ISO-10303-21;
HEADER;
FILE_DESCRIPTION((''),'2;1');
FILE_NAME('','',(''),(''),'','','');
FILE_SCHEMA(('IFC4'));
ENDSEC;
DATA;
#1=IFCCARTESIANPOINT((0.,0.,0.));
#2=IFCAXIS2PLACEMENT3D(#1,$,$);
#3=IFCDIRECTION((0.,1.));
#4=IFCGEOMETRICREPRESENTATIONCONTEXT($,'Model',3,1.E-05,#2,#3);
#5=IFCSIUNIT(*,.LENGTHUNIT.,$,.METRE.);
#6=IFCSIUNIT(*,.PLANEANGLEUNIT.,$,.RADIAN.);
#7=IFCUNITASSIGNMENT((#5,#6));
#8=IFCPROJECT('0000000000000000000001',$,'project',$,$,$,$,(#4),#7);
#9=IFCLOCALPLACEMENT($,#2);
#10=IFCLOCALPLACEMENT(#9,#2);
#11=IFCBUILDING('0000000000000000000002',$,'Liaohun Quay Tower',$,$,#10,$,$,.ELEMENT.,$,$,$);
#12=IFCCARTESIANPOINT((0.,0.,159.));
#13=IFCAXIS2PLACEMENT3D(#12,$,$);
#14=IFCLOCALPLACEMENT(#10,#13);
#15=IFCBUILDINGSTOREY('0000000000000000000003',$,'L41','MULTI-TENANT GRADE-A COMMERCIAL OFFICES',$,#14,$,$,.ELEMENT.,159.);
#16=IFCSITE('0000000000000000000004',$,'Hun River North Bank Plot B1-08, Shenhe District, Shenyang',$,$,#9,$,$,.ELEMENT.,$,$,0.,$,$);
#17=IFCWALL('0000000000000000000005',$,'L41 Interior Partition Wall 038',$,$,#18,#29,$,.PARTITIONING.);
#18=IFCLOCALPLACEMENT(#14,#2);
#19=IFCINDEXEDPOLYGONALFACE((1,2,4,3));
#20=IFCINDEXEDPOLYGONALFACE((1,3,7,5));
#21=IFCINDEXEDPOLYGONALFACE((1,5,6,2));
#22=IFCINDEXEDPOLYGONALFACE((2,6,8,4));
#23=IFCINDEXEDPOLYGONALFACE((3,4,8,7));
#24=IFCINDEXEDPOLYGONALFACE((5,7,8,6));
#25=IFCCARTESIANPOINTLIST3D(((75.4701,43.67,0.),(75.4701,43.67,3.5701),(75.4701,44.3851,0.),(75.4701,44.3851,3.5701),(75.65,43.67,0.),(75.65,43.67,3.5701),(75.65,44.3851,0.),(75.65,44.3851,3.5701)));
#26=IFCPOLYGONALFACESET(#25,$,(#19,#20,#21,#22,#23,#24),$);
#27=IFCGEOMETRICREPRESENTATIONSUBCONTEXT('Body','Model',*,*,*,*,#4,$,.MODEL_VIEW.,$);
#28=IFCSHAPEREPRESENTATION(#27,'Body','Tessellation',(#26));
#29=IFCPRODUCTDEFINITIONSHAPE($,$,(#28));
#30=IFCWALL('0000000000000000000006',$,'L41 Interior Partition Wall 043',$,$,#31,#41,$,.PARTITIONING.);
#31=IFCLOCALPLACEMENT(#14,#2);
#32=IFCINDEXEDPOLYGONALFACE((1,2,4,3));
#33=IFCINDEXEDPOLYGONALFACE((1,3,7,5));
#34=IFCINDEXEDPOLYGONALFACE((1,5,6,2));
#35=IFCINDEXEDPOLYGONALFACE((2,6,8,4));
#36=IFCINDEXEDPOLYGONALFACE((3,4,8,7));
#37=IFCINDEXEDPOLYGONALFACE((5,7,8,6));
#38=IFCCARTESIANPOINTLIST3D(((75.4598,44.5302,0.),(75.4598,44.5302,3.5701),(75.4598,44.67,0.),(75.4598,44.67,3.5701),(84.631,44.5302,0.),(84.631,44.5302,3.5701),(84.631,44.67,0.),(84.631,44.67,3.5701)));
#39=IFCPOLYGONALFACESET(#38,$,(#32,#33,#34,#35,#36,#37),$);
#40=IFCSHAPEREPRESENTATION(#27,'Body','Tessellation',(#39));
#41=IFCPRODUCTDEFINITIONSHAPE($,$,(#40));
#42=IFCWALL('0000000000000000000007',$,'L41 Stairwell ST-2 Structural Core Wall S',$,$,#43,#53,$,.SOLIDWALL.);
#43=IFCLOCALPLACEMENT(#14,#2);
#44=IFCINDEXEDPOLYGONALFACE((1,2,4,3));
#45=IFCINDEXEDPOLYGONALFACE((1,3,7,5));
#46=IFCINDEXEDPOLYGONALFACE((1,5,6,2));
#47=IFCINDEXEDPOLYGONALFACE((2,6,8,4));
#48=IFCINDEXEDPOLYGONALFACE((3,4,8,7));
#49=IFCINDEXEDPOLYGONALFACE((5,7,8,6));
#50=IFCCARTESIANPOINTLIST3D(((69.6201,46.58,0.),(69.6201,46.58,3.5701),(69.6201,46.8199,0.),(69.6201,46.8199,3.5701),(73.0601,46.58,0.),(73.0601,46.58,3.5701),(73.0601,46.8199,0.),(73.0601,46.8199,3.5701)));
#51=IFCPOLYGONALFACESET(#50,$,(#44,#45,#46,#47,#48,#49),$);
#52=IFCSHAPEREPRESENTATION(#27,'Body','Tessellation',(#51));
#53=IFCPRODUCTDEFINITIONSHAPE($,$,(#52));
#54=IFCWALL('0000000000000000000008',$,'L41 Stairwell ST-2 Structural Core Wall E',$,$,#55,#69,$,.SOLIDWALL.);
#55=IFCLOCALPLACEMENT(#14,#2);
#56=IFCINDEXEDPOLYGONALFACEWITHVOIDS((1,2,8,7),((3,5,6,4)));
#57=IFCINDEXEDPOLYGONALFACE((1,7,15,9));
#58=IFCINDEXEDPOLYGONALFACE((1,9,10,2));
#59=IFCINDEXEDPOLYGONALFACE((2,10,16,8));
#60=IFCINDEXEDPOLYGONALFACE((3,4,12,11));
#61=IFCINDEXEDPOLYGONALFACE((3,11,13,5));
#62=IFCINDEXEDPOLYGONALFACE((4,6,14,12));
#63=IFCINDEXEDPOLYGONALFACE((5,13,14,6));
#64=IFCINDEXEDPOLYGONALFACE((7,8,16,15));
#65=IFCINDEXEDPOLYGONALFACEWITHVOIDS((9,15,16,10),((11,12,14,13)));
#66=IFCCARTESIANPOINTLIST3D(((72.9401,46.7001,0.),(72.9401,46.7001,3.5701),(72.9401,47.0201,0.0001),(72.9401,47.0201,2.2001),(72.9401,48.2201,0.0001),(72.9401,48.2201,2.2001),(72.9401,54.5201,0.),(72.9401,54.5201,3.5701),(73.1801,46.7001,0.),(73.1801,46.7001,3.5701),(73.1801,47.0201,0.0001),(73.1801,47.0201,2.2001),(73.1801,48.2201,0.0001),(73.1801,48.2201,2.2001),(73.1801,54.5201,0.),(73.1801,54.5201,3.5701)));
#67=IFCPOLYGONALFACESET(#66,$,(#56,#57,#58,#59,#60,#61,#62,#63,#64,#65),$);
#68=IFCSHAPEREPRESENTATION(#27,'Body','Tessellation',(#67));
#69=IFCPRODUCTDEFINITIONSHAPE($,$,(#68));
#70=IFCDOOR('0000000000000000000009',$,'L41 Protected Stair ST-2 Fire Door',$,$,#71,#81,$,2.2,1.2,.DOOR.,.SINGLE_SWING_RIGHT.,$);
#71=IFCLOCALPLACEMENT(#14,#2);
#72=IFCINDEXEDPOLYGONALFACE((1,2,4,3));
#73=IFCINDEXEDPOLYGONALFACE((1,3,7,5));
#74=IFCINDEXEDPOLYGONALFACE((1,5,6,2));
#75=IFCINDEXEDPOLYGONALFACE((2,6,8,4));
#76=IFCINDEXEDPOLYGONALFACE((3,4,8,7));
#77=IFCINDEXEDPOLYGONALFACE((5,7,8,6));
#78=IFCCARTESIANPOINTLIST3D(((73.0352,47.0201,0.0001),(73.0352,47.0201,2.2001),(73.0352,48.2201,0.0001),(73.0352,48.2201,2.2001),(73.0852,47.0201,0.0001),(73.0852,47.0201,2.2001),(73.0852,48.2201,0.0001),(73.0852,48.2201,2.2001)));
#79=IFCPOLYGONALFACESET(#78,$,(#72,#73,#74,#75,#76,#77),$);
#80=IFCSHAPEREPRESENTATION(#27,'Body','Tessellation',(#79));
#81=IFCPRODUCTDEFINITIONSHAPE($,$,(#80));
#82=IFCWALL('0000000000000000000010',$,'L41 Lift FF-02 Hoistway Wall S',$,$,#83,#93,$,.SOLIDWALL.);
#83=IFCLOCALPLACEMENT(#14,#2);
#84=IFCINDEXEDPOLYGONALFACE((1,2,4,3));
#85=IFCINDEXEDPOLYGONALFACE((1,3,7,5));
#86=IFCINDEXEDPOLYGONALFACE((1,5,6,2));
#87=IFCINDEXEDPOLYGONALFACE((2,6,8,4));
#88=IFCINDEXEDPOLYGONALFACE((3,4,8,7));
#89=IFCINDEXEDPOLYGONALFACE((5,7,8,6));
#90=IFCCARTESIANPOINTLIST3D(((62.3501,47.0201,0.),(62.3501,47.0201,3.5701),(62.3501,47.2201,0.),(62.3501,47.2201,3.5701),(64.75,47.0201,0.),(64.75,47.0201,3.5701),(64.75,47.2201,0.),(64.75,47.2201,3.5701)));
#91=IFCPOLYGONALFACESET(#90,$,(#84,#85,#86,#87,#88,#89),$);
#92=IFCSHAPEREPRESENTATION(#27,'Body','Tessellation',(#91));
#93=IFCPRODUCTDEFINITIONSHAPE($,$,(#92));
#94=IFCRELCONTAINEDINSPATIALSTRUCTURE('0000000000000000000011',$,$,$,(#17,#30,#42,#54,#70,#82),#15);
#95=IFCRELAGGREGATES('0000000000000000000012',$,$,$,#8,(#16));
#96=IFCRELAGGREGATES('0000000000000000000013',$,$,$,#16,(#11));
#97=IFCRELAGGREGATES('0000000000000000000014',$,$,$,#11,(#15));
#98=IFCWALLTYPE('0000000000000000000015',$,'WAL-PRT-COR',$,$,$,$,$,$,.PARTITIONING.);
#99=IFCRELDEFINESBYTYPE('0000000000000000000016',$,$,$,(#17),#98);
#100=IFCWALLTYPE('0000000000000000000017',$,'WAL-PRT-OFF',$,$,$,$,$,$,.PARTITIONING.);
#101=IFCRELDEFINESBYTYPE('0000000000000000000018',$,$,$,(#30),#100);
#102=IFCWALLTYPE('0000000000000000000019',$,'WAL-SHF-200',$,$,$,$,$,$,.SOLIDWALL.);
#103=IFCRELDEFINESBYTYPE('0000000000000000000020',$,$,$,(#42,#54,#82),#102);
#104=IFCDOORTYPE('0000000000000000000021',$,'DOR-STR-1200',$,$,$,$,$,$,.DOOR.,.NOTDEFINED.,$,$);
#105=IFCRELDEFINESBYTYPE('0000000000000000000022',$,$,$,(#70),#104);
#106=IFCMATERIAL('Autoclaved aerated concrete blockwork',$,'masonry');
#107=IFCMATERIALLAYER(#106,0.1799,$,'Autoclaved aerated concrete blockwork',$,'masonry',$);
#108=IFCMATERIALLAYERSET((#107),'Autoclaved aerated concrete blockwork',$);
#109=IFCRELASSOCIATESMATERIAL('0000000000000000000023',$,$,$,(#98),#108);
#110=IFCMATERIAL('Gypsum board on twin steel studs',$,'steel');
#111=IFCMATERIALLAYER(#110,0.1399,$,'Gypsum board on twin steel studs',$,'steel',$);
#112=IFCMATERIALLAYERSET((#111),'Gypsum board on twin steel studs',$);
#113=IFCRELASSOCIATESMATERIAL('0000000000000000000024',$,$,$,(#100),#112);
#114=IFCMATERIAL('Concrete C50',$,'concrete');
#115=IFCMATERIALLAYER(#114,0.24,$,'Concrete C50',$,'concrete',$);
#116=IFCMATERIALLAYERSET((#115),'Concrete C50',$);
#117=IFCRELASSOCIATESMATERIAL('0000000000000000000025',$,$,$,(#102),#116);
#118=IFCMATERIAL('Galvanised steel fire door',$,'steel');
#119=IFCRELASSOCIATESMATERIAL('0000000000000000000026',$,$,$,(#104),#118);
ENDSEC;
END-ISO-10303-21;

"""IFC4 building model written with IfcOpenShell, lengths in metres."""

from ifc_helpers import new_model, si_unit, direction, frame, frame_2d, origin, place, context, subcontext, project, spatial, rectangle, extrude, source, transform, mapped, material, layer, layer_set, type_object, element, fill, save


model = new_model("IFC4")

# Units and contexts
model_context = context("Model", 3, precision=1e-05, world=origin(), true_north=direction((0.0, 1.0)))
body_context = subcontext(model_context, "Body", "Model", "MODEL_VIEW")
ifc_project = project(units=[si_unit("LENGTHUNIT", "METRE"), si_unit("PLANEANGLEUNIT", "RADIAN")], contexts=[model_context])

# Site, building, storey
site_placement = place(None, origin())
site = spatial("IfcSite", under=ifc_project, at=site_placement, Name="Hun River North Bank Plot B1-08, Shenhe District, Shenyang", CompositionType="ELEMENT", RefElevation=0.0)
building_placement = place(site_placement, origin())
building = spatial("IfcBuilding", under=site, at=building_placement, Name="Liaohun Quay Tower", CompositionType="ELEMENT")
storey_placement = place(building_placement, frame((0.0, 0.0, 159.0)))
storey = spatial("IfcBuildingStorey", under=building, at=storey_placement, Name="L41", Description="MULTI-TENANT GRADE-A COMMERCIAL OFFICES", CompositionType="ELEMENT", Elevation=159.0)

# Walls
ifc_material_1 = material(Name="Autoclaved aerated concrete blockwork", Category="masonry")
ifc_layer_1 = layer(ifc_material_1, 0.1799, Name="Autoclaved aerated concrete blockwork", Category="masonry")
ifc_layer_set_1 = layer_set([ifc_layer_1], Name="Autoclaved aerated concrete blockwork")
wall_type_1 = type_object("IfcWallType", Name="WAL-PRT-COR", PredefinedType="PARTITIONING", material=ifc_layer_set_1)
wall_1_placement = place(storey_placement, frame((75.5601, 44.385, 0.0), z_axis=(0.0, 0.0, 1.0), x_axis=(0.0, -1.0, 0.0)))
element("IfcWall", 1, at=wall_1_placement, inside=storey, type_object=wall_type_1, Name="L41 Interior Partition Wall 038", PredefinedType="PARTITIONING", context=body_context, shape_type="SweptSolid", body=[
    extrude(rectangle(XDim=0.7151, YDim=0.1799, at=frame_2d((0.3574, 0.0))), origin(), (0.0, 0.0, 1.0), 3.5701),
])
ifc_material_2 = material(Name="Gypsum board on twin steel studs", Category="steel")
ifc_layer_2 = layer(ifc_material_2, 0.1399, Name="Gypsum board on twin steel studs", Category="steel")
ifc_layer_set_2 = layer_set([ifc_layer_2], Name="Gypsum board on twin steel studs")
wall_type_2 = type_object("IfcWallType", Name="WAL-PRT-OFF", PredefinedType="PARTITIONING", material=ifc_layer_set_2)
wall_2_placement = place(storey_placement, frame((75.46, 44.6001, 0.0), z_axis=(0.0, 0.0, 1.0), x_axis=(1.0, 0.0, 0.0)))
element("IfcWall", 2, at=wall_2_placement, inside=storey, type_object=wall_type_2, Name="L41 Interior Partition Wall 043", PredefinedType="PARTITIONING", context=body_context, shape_type="SweptSolid", body=[
    extrude(rectangle(XDim=9.1711, YDim=0.1399, at=frame_2d((4.5854, 0.0))), origin(), (0.0, 0.0, 1.0), 3.5701),
])
ifc_material_3 = material(Name="Concrete C50", Category="concrete")
ifc_layer_3 = layer(ifc_material_3, 0.24, Name="Concrete C50", Category="concrete")
ifc_layer_set_3 = layer_set([ifc_layer_3], Name="Concrete C50")
wall_type_3 = type_object("IfcWallType", Name="WAL-SHF-200", PredefinedType="SOLIDWALL", material=ifc_layer_set_3)
wall_3_placement = place(storey_placement, frame((69.6201, 46.7, 0.0), z_axis=(0.0, 0.0, 1.0), x_axis=(1.0, 0.0, 0.0)))
element("IfcWall", 3, at=wall_3_placement, inside=storey, type_object=wall_type_3, Name="L41 Stairwell ST-2 Structural Core Wall S", PredefinedType="SOLIDWALL", context=body_context, shape_type="SweptSolid", body=[
    extrude(rectangle(XDim=3.4399, YDim=0.24, at=frame_2d((1.72, 0.0))), origin(), (0.0, 0.0, 1.0), 3.5701),
])

# Wall, opening, door
wall_4_placement = place(storey_placement, frame((73.0601, 46.7, 0.0), z_axis=(0.0, 0.0, 1.0), x_axis=(0.0, 1.0, 0.0)))
wall_4 = element("IfcWall", 4, at=wall_4_placement, inside=storey, type_object=wall_type_3, Name="L41 Stairwell ST-2 Structural Core Wall E", PredefinedType="SOLIDWALL", context=body_context, shape_type="SweptSolid", body=[
    extrude(rectangle(XDim=7.8201, YDim=0.24, at=frame_2d((3.9102, 0.0))), origin(), (0.0, 0.0, 1.0), 3.5701),
])
shared_shape_1 = source(origin(), body_context, "Body", "SweptSolid", [
    extrude(rectangle(XDim=1.2, YDim=2.2, at=frame_2d((0.6001, 1.1001))), frame((0.0, 0.1299, 0.0), z_axis=(0.0, -1.0, 0.0), x_axis=(1.0, 0.0, 0.0)), (0.0, 0.0, 1.0), 0.26),
])
opening_1_placement = place(wall_4_placement, frame((0.3201, 0.0, 0.0)))
opening_1 = element("IfcOpeningElement", 5, at=opening_1_placement, cuts=wall_4, PredefinedType="OPENING", context=body_context, shape_type="MappedRepresentation", body=[
    mapped(shared_shape_1, transform((0.0, 0.0, 0.0), x_axis=(1.0, 0.0, 0.0), y_axis=(0.0, 1.0, 0.0), z_axis=(0.0, 0.0, 1.0), scale=1.0)),
])
ifc_material_4 = material(Name="Galvanised steel fire door", Category="steel")
door_type_1 = type_object("IfcDoorType", Name="DOR-STR-1200", OperationType="NOTDEFINED", PredefinedType="DOOR", material=ifc_material_4)
shared_shape_2 = source(origin(), body_context, "Body", "SweptSolid", [
    extrude(rectangle(XDim=1.2, YDim=2.2, at=frame_2d((0.6001, 1.1001))), frame((0.0, 0.0249, 0.0), z_axis=(0.0, -1.0, 0.0), x_axis=(1.0, 0.0, 0.0)), (0.0, 0.0, 1.0), 0.05),
])
door_1_placement = place(opening_1_placement, origin())
door_1 = element("IfcDoor", 6, at=door_1_placement, inside=storey, type_object=door_type_1, Name="L41 Protected Stair ST-2 Fire Door", OperationType="SINGLE_SWING_RIGHT", OverallHeight=2.2, OverallWidth=1.2, PredefinedType="DOOR", context=body_context, shape_type="MappedRepresentation", body=[
    mapped(shared_shape_2, transform((0.0, 0.0, 0.0), x_axis=(1.0, 0.0, 0.0), y_axis=(0.0, 1.0, 0.0), z_axis=(0.0, 0.0, 1.0), scale=1.0)),
])
fill(opening_1, door_1)

# Wall
wall_5_placement = place(storey_placement, frame((62.3501, 47.1201, 0.0), z_axis=(0.0, 0.0, 1.0), x_axis=(1.0, 0.0, 0.0)))
element("IfcWall", 7, at=wall_5_placement, inside=storey, type_object=wall_type_3, Name="L41 Lift FF-02 Hoistway Wall S", PredefinedType="SOLIDWALL", context=body_context, shape_type="SweptSolid", body=[
    extrude(rectangle(XDim=2.3999, YDim=0.2, at=frame_2d((1.2, 0.0))), origin(), (0.0, 0.0, 1.0), 3.5701),
])

save(model, "model.ifc")
